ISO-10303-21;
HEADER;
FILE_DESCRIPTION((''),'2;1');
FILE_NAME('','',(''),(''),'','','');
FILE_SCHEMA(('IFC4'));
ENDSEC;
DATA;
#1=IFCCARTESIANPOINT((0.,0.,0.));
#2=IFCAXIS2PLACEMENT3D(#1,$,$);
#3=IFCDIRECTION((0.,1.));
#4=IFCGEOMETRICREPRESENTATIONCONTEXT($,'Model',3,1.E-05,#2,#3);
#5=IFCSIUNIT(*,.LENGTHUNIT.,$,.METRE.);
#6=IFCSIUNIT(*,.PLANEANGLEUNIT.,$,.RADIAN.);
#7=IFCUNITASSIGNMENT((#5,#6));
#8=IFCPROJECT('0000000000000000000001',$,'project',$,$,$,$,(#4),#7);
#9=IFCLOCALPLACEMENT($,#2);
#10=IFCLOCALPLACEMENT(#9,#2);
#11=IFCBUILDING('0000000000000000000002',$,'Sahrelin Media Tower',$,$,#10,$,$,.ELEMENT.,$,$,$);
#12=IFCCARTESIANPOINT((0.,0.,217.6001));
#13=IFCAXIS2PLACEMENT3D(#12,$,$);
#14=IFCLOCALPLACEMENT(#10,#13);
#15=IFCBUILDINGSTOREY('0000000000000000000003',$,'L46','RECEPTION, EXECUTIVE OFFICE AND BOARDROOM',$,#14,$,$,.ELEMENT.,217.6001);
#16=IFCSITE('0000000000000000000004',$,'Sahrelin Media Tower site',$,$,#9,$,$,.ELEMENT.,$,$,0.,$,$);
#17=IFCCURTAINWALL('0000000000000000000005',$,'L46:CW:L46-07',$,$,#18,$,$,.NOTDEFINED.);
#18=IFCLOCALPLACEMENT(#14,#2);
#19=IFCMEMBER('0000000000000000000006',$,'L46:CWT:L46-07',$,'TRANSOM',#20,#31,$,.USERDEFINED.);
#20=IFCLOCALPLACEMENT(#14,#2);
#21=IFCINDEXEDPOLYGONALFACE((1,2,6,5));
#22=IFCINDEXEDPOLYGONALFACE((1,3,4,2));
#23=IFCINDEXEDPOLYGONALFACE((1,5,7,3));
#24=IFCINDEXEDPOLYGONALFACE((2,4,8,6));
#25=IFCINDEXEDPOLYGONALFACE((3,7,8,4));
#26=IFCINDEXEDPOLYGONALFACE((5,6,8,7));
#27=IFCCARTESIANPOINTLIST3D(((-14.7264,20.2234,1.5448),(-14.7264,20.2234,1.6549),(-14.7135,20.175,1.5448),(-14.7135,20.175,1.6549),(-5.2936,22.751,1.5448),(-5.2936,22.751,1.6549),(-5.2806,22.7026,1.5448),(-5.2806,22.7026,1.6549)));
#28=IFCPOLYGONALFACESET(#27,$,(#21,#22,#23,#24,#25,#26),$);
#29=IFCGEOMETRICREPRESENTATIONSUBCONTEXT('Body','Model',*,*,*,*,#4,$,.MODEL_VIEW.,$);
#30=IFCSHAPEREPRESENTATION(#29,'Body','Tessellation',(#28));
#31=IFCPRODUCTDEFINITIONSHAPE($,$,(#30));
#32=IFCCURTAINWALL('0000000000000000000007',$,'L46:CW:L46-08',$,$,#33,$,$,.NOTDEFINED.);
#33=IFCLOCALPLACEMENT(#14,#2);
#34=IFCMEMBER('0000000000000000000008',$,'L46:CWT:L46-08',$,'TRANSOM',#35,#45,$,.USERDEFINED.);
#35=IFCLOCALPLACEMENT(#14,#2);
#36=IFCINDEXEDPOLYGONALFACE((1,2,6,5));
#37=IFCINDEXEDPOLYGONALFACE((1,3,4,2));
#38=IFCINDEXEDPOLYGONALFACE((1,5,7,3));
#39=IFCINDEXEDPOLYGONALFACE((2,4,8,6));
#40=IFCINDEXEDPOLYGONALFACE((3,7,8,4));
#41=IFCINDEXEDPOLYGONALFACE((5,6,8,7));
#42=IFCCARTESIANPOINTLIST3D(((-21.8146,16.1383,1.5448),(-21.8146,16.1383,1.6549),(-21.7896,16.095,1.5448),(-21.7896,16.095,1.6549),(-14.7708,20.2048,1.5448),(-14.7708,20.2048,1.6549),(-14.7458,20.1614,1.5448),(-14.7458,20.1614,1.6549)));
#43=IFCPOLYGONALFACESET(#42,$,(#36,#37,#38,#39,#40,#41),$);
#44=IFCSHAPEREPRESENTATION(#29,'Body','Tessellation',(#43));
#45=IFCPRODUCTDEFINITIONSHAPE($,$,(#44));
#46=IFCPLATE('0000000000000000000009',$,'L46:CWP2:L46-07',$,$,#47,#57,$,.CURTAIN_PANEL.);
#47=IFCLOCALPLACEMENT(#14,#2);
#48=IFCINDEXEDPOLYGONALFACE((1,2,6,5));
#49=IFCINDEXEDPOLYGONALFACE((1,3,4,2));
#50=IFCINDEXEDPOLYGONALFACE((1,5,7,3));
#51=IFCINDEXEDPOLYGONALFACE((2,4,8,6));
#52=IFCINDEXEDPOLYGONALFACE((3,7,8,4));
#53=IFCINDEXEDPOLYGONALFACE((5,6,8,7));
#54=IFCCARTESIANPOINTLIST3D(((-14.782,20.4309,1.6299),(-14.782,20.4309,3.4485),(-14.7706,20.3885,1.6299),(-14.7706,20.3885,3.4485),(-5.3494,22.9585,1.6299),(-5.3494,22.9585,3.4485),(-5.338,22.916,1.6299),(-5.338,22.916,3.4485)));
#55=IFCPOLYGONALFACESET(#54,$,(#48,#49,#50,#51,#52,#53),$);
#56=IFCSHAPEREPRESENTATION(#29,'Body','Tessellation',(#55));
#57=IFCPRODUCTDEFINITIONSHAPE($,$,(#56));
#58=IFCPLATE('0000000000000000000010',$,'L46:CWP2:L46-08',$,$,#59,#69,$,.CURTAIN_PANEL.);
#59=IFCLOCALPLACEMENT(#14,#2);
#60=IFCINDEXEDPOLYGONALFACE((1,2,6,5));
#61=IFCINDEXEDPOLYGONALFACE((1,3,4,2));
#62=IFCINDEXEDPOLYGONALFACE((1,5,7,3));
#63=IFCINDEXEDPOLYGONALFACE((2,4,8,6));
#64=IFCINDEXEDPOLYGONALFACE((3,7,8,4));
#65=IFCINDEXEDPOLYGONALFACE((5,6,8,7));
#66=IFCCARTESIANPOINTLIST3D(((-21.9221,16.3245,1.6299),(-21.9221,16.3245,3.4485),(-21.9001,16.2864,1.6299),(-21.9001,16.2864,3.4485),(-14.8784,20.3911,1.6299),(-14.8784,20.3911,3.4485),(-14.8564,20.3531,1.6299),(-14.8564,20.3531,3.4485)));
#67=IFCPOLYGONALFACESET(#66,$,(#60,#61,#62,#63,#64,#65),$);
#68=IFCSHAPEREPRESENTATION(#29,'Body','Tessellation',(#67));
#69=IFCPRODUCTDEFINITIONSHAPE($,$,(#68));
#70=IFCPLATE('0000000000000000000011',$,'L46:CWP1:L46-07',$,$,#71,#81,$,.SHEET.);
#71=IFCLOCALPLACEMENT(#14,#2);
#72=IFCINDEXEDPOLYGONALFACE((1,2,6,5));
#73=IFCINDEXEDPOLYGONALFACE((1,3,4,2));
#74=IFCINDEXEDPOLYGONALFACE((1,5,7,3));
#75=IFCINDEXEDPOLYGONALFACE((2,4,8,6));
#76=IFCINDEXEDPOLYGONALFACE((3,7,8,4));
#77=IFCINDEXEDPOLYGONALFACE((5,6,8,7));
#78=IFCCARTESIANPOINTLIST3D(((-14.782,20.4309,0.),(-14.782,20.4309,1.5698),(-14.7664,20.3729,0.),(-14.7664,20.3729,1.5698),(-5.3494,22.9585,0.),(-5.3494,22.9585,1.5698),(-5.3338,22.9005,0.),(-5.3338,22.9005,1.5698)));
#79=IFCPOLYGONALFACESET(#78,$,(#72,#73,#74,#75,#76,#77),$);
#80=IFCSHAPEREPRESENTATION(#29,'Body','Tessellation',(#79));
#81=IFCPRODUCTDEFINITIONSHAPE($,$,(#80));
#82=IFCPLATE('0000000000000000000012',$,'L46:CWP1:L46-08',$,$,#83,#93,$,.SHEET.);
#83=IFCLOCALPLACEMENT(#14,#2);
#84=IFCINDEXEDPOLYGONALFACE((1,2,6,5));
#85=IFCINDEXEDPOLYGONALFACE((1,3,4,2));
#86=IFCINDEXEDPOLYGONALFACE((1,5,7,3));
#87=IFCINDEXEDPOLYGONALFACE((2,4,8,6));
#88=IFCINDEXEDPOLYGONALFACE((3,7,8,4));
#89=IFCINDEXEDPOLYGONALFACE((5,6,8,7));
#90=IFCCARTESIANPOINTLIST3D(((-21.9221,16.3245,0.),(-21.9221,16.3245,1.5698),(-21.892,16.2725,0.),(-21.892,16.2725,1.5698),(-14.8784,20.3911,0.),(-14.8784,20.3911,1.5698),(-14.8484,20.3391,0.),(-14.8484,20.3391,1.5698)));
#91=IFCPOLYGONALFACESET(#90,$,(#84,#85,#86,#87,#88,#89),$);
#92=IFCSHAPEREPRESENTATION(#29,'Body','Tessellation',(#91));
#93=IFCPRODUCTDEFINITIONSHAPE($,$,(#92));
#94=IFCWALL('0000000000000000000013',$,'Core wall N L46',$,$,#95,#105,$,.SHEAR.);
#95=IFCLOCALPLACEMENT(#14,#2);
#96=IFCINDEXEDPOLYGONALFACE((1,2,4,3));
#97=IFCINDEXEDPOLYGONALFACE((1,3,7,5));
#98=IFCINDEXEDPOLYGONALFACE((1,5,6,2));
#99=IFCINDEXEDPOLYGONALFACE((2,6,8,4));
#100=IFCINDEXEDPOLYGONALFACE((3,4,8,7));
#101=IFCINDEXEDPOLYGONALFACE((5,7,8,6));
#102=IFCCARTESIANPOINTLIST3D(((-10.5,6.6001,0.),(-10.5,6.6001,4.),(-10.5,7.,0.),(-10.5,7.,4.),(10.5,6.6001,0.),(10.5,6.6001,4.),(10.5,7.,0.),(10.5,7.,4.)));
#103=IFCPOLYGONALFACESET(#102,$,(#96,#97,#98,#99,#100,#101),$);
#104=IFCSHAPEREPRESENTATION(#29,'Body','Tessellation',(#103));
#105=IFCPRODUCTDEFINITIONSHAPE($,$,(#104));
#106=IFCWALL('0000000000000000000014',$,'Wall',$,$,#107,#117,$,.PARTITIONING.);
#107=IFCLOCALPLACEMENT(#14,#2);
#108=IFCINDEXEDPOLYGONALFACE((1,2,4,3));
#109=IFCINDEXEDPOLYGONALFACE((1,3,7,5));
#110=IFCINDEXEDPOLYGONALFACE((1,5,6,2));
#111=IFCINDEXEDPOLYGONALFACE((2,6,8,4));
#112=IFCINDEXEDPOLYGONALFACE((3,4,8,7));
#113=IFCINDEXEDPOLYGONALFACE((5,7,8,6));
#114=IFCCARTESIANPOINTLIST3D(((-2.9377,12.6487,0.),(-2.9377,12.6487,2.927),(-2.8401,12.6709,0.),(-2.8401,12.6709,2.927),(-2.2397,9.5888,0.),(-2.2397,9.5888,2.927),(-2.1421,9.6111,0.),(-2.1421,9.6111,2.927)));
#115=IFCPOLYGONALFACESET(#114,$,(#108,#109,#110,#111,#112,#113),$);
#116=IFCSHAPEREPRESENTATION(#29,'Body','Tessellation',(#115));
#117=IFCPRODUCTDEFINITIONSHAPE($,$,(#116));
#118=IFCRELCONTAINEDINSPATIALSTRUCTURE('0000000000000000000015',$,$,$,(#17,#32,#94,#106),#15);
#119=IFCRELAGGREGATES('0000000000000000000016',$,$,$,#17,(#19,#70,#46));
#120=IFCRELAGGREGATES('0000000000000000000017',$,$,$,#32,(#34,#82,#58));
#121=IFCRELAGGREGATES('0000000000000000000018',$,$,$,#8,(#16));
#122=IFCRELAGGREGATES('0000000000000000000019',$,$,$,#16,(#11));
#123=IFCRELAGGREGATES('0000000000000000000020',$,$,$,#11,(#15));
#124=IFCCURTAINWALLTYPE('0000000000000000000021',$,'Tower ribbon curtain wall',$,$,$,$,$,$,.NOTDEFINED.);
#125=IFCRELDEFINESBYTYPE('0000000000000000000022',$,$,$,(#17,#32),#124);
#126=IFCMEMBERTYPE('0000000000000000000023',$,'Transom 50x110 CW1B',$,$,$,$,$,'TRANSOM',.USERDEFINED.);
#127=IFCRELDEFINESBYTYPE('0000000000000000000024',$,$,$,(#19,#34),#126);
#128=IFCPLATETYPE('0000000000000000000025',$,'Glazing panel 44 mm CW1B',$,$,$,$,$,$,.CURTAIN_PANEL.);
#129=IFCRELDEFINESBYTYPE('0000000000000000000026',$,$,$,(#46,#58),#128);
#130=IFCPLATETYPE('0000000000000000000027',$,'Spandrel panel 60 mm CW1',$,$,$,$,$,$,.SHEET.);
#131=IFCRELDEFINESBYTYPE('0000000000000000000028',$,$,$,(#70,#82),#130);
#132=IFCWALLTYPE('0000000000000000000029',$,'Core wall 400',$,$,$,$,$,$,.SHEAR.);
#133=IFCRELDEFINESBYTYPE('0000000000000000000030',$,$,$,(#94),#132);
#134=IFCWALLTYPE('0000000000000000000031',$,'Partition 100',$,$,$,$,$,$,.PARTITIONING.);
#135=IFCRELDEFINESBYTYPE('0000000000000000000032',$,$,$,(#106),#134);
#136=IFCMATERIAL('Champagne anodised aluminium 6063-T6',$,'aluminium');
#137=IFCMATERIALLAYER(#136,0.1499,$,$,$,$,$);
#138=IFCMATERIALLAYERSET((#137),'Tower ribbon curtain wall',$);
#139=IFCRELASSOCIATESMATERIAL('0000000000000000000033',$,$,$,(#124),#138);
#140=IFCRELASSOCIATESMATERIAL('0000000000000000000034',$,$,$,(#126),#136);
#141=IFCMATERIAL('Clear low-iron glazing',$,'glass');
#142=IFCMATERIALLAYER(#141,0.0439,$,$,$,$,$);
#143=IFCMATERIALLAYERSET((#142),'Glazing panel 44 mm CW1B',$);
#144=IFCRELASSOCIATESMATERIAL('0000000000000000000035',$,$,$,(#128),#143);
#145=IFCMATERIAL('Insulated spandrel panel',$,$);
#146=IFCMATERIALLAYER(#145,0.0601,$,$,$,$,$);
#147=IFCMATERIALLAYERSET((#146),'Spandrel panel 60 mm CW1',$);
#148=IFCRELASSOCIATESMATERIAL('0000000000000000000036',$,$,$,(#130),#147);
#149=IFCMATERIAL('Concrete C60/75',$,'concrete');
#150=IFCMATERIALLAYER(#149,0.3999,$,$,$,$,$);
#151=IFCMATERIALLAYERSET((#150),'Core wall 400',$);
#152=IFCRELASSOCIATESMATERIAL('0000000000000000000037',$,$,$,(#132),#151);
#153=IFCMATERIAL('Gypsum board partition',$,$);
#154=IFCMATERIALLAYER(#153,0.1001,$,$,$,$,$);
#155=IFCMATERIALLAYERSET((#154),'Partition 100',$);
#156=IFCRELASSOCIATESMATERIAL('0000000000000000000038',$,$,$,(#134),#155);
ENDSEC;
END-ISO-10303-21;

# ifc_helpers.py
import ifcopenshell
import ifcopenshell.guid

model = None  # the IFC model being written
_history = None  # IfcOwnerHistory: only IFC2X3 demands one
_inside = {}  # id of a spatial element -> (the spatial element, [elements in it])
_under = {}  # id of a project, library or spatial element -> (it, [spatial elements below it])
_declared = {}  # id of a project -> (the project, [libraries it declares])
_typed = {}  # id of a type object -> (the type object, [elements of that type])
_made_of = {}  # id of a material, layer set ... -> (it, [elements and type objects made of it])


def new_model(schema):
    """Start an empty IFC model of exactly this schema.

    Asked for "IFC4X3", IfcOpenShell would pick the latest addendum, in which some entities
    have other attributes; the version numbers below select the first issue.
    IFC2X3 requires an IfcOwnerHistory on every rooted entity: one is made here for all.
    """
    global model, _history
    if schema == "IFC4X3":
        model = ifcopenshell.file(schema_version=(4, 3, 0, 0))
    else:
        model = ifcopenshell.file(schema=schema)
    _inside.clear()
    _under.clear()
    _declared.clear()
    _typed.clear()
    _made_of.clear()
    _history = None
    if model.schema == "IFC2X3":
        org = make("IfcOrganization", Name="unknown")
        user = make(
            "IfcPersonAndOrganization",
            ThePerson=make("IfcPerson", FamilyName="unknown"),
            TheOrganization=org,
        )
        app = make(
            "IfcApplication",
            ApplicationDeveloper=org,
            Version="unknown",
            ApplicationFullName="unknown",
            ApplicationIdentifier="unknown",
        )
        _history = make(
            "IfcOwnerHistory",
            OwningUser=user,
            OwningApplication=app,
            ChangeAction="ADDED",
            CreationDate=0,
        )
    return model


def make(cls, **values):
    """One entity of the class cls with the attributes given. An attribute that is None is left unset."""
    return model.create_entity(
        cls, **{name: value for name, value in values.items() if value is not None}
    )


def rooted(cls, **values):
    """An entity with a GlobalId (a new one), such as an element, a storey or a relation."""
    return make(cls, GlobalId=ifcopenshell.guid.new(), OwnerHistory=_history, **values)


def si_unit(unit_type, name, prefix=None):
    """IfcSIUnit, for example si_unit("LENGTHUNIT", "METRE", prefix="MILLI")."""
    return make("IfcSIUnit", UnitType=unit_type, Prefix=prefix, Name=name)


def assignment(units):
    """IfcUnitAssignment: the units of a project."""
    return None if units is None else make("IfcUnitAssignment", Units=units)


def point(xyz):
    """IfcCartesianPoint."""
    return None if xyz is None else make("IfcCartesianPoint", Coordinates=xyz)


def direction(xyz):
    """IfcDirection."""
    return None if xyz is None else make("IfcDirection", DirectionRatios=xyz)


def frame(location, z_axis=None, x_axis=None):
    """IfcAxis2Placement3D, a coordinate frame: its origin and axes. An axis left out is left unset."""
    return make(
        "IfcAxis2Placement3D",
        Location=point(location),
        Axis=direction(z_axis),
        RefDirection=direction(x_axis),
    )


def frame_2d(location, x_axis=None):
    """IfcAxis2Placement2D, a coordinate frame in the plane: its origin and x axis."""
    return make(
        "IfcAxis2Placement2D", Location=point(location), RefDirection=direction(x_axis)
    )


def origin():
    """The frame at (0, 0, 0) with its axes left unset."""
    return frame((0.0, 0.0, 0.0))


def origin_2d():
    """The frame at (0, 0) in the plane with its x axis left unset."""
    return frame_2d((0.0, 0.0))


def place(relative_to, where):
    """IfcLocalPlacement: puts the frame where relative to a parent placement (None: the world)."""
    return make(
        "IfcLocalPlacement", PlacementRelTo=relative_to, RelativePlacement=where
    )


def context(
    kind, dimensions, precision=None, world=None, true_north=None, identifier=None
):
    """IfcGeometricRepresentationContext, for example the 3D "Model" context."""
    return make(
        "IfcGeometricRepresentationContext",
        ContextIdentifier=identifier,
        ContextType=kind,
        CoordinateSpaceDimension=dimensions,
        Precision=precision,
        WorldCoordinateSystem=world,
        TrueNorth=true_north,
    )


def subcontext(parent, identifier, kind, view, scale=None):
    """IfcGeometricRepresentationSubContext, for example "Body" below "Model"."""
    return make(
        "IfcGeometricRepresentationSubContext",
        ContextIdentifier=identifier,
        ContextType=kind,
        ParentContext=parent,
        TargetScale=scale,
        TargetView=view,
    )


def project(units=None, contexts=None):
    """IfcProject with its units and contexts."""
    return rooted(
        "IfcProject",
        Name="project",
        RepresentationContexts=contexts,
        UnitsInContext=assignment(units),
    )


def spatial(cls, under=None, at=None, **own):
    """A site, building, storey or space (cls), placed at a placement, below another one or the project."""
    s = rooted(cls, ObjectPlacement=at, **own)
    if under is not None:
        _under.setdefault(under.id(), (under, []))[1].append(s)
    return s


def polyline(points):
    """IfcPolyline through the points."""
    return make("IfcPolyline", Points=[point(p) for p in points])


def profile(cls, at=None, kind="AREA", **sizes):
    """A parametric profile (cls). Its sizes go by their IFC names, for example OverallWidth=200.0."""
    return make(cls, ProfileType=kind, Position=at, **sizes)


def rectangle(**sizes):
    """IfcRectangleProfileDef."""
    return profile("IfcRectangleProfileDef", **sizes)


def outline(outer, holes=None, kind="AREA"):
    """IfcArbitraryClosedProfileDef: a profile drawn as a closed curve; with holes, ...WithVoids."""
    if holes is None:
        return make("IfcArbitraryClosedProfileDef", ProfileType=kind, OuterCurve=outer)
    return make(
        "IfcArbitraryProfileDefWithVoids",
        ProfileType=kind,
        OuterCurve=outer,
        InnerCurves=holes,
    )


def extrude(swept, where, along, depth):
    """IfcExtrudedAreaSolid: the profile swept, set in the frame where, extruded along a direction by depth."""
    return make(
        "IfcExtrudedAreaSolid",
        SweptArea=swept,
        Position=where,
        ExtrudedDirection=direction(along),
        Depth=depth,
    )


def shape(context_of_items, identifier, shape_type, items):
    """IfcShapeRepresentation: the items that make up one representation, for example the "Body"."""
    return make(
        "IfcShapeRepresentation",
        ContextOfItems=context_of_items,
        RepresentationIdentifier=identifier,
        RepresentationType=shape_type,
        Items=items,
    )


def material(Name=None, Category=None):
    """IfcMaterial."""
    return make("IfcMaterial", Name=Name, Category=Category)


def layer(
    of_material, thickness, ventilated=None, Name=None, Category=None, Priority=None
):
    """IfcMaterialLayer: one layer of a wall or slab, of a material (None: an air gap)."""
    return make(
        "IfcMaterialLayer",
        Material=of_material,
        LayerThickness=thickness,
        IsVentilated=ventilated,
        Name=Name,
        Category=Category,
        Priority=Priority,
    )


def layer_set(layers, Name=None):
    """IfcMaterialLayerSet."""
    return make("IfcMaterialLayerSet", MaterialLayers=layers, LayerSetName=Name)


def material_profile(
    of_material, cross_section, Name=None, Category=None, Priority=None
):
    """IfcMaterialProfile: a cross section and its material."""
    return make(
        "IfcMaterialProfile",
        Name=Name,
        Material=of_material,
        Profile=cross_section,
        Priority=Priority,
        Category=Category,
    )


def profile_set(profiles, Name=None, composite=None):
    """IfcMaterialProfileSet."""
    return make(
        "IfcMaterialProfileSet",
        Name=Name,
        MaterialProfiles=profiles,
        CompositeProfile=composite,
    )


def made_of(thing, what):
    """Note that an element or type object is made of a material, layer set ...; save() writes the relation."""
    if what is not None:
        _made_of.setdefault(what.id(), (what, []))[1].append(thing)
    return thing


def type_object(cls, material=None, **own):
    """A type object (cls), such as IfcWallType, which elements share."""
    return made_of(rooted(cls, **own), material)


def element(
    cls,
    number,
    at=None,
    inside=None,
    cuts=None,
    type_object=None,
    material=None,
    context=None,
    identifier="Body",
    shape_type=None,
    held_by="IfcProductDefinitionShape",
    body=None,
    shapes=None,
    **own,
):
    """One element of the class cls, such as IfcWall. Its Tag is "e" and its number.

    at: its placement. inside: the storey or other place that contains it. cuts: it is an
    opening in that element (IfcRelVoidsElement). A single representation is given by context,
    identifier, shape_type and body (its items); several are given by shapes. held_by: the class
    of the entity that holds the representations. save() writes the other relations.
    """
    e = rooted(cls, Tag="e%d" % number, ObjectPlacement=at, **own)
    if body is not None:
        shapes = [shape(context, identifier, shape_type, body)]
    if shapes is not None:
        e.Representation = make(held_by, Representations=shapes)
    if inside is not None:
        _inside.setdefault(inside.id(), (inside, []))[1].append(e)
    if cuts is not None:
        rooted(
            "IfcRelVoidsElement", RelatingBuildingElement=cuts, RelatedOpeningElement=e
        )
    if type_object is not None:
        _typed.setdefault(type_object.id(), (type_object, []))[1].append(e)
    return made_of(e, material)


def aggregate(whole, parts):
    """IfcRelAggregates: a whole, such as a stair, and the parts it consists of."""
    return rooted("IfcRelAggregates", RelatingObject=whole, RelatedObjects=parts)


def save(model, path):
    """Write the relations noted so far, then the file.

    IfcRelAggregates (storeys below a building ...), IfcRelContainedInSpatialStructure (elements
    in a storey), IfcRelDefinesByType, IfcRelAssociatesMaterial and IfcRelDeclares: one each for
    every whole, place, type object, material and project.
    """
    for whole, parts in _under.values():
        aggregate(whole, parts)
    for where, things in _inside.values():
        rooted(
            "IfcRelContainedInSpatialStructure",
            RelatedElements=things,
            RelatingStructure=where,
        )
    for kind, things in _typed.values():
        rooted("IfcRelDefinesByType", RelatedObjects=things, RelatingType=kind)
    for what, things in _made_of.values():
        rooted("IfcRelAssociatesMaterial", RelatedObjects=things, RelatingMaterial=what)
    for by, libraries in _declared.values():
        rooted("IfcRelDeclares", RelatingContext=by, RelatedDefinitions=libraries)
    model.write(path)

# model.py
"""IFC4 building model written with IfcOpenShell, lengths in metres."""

from ifc_helpers import new_model, si_unit, direction, frame, frame_2d, origin, origin_2d, place, context, subcontext, project, spatial, polyline, rectangle, outline, extrude, material, layer, layer_set, material_profile, profile_set, type_object, element, aggregate, save


model = new_model("IFC4")

# Units and contexts
model_context = context("Model", 3, precision=1e-05, world=origin(), true_north=direction((0.0, 1.0)))
body_context = subcontext(model_context, "Body", "Model", "MODEL_VIEW")
ifc_project = project(units=[si_unit("LENGTHUNIT", "METRE"), si_unit("PLANEANGLEUNIT", "RADIAN")], contexts=[model_context])

# Site, building, storey
site_placement = place(None, origin())
site = spatial("IfcSite", under=ifc_project, at=site_placement, Name="Sahrelin Media Tower site", CompositionType="ELEMENT", RefElevation=0.0)
building_placement = place(site_placement, origin())
building = spatial("IfcBuilding", under=site, at=building_placement, Name="Sahrelin Media Tower", CompositionType="ELEMENT")
storey_placement = place(building_placement, frame((0.0, 0.0, 217.6001)))
storey = spatial("IfcBuildingStorey", under=building, at=storey_placement, Name="L46", Description="RECEPTION, EXECUTIVE OFFICE AND BOARDROOM", CompositionType="ELEMENT", Elevation=217.6001)

# Curtain wall
ifc_material_1 = material(Name="Champagne anodised aluminium 6063-T6", Category="aluminium")
ifc_layer_1 = layer(ifc_material_1, 0.1499)
ifc_layer_set_1 = layer_set([ifc_layer_1], Name="Tower ribbon curtain wall")
curtain_wall_type = type_object("IfcCurtainWallType", Name="Tower ribbon curtain wall", PredefinedType="NOTDEFINED", material=ifc_layer_set_1)
curtain_wall_1_placement = place(storey_placement, frame((-10.0603, 21.6753, 0.0), z_axis=(0.0, 0.0, 1.0), x_axis=(1.0, 0.0, 0.0)))
curtain_wall_1 = element("IfcCurtainWall", 1, at=curtain_wall_1_placement, inside=storey, type_object=curtain_wall_type, Name="L46:CW:L46-07", PredefinedType="NOTDEFINED")

# Member
ifc_material_profile_1 = material_profile(ifc_material_1, rectangle(XDim=0.05, YDim=0.1101, at=origin_2d()), Name="Transom 50x110")
ifc_profile_set_1 = profile_set([ifc_material_profile_1], Name="Champagne anodised aluminium 6063-T6")
member_type_1 = type_object("IfcMemberType", Name="Transom 50x110 CW1B", ElementType="TRANSOM", PredefinedType="USERDEFINED", material=ifc_profile_set_1)
member_1_placement = place(storey_placement, frame((-5.2871, 22.7268, 1.5999), z_axis=(-0.965924, -0.258825, 0.0), x_axis=(0.258825, -0.965924, 0.0)))
member_1 = element("IfcMember", 2, at=member_1_placement, type_object=member_type_1, Name="L46:CWT:L46-07", ObjectType="TRANSOM", PredefinedType="USERDEFINED", context=body_context, shape_type="SweptSolid", body=[
    extrude(rectangle(XDim=0.05, YDim=0.1101, at=origin_2d()), origin(), (0.0, 0.0, 1.0), 9.7656),
])

# Curtain wall, member
curtain_wall_2_placement = place(storey_placement, frame((-18.3901, 18.3403, 0.0), z_axis=(0.0, 0.0, 1.0), x_axis=(1.0, 0.0, 0.0)))
curtain_wall_2 = element("IfcCurtainWall", 3, at=curtain_wall_2_placement, inside=storey, type_object=curtain_wall_type, Name="L46:CW:L46-08", PredefinedType="NOTDEFINED")
member_2_placement = place(storey_placement, frame((-14.7583, 20.1831, 1.5999), z_axis=(-0.86604, -0.499975, 0.0), x_axis=(0.499975, -0.86604, 0.0)))
member_2 = element("IfcMember", 4, at=member_2_placement, type_object=member_type_1, Name="L46:CWT:L46-08", ObjectType="TRANSOM", PredefinedType="USERDEFINED", context=body_context, shape_type="SweptSolid", body=[
    extrude(rectangle(XDim=0.05, YDim=0.1101, at=origin_2d()), origin(), (0.0, 0.0, 1.0), 8.1333),
])

# Plates
ifc_material_2 = material(Name="Clear low-iron glazing", Category="glass")
ifc_layer_2 = layer(ifc_material_2, 0.0439)
ifc_layer_set_2 = layer_set([ifc_layer_2], Name="Glazing panel 44 mm CW1B")
plate_type_1 = type_object("IfcPlateType", Name="Glazing panel 44 mm CW1B", PredefinedType="CURTAIN_PANEL", material=ifc_layer_set_2)
plate_1_placement = place(storey_placement, frame((-5.3494, 22.9585, 1.6299), z_axis=(-0.258831, 0.965923, 0.0), x_axis=(-0.965923, -0.258831, 0.0)))
plate_1 = element("IfcPlate", 5, at=plate_1_placement, type_object=plate_type_1, Name="L46:CWP2:L46-07", PredefinedType="CURTAIN_PANEL", context=body_context, shape_type="SweptSolid", body=[
    extrude(outline(polyline([(0.0, 0.0), (9.7654, 0.0), (9.7654, 1.8186), (0.0, 1.8186), (0.0, 0.0)])), origin(), (0.0, 0.0, -1.0), 0.0439),
])
plate_2_placement = place(storey_placement, frame((-14.8784, 20.3911, 1.6299), z_axis=(-0.499997, 0.866027, 0.0), x_axis=(-0.866027, -0.499997, 0.0)))
plate_2 = element("IfcPlate", 6, at=plate_2_placement, type_object=plate_type_1, Name="L46:CWP2:L46-08", PredefinedType="CURTAIN_PANEL", context=body_context, shape_type="SweptSolid", body=[
    extrude(outline(polyline([(0.0, 0.0), (8.1333, 0.0), (8.1333, 1.8186), (0.0, 1.8186), (0.0, 0.0)])), origin(), (0.0, 0.0, -1.0), 0.0439),
])
ifc_material_3 = material(Name="Insulated spandrel panel")
ifc_layer_3 = layer(ifc_material_3, 0.0601)
ifc_layer_set_3 = layer_set([ifc_layer_3], Name="Spandrel panel 60 mm CW1")
plate_type_2 = type_object("IfcPlateType", Name="Spandrel panel 60 mm CW1", PredefinedType="SHEET", material=ifc_layer_set_3)
plate_3_placement = place(storey_placement, frame((-5.3494, 22.9585, 0.0), z_axis=(-0.258831, 0.965923, 0.0), x_axis=(-0.965923, -0.258831, 0.0)))
plate_3 = element("IfcPlate", 7, at=plate_3_placement, type_object=plate_type_2, Name="L46:CWP1:L46-07", PredefinedType="SHEET", context=body_context, shape_type="SweptSolid", body=[
    extrude(outline(polyline([(0.0, 0.0), (9.7654, 0.0), (9.7654, 1.5698), (0.0, 1.5698), (0.0, 0.0)])), origin(), (0.0, 0.0, -1.0), 0.0601),
])
aggregate(curtain_wall_1, [member_1, plate_3, plate_1])
plate_4_placement = place(storey_placement, frame((-14.8784, 20.3911, 0.0), z_axis=(-0.499997, 0.866027, 0.0), x_axis=(-0.866027, -0.499997, 0.0)))
plate_4 = element("IfcPlate", 8, at=plate_4_placement, type_object=plate_type_2, Name="L46:CWP1:L46-08", PredefinedType="SHEET", context=body_context, shape_type="SweptSolid", body=[
    extrude(outline(polyline([(0.0, 0.0), (8.1333, 0.0), (8.1333, 1.5698), (0.0, 1.5698), (0.0, 0.0)])), origin(), (0.0, 0.0, -1.0), 0.0601),
])
aggregate(curtain_wall_2, [member_2, plate_4, plate_2])

# Walls
ifc_material_4 = material(Name="Concrete C60/75", Category="concrete")
ifc_layer_4 = layer(ifc_material_4, 0.3999)
ifc_layer_set_4 = layer_set([ifc_layer_4], Name="Core wall 400")
wall_type_1 = type_object("IfcWallType", Name="Core wall 400", PredefinedType="SHEAR", material=ifc_layer_set_4)
wall_1_placement = place(storey_placement, frame((-10.5, 6.8, 0.0), z_axis=(0.0, 0.0, 1.0), x_axis=(1.0, 0.0, 0.0)))
element("IfcWall", 9, at=wall_1_placement, inside=storey, type_object=wall_type_1, Name="Core wall N L46", PredefinedType="SHEAR", context=body_context, shape_type="SweptSolid", body=[
    extrude(rectangle(XDim=21.0, YDim=0.3999, at=frame_2d((10.5, 0.0))), origin(), (0.0, 0.0, 1.0), 4.0),
])
ifc_material_5 = material(Name="Gypsum board partition")
ifc_layer_5 = layer(ifc_material_5, 0.1001)
ifc_layer_set_5 = layer_set([ifc_layer_5], Name="Partition 100")
wall_type_2 = type_object("IfcWallType", Name="Partition 100", PredefinedType="PARTITIONING", material=ifc_layer_set_5)
wall_2_placement = place(storey_placement, frame((-2.8889, 12.6599, 0.0), z_axis=(0.0, 0.0, 1.0), x_axis=(0.222404, -0.974954, 0.0)))
element("IfcWall", 10, at=wall_2_placement, inside=storey, type_object=wall_type_2, Name="Wall", PredefinedType="PARTITIONING", context=body_context, shape_type="SweptSolid", body=[
    extrude(rectangle(XDim=3.1384, YDim=0.1001, at=frame_2d((1.5693, 0.0))), origin(), (0.0, 0.0, 1.0), 2.927),
])

save(model, "model.ifc")
